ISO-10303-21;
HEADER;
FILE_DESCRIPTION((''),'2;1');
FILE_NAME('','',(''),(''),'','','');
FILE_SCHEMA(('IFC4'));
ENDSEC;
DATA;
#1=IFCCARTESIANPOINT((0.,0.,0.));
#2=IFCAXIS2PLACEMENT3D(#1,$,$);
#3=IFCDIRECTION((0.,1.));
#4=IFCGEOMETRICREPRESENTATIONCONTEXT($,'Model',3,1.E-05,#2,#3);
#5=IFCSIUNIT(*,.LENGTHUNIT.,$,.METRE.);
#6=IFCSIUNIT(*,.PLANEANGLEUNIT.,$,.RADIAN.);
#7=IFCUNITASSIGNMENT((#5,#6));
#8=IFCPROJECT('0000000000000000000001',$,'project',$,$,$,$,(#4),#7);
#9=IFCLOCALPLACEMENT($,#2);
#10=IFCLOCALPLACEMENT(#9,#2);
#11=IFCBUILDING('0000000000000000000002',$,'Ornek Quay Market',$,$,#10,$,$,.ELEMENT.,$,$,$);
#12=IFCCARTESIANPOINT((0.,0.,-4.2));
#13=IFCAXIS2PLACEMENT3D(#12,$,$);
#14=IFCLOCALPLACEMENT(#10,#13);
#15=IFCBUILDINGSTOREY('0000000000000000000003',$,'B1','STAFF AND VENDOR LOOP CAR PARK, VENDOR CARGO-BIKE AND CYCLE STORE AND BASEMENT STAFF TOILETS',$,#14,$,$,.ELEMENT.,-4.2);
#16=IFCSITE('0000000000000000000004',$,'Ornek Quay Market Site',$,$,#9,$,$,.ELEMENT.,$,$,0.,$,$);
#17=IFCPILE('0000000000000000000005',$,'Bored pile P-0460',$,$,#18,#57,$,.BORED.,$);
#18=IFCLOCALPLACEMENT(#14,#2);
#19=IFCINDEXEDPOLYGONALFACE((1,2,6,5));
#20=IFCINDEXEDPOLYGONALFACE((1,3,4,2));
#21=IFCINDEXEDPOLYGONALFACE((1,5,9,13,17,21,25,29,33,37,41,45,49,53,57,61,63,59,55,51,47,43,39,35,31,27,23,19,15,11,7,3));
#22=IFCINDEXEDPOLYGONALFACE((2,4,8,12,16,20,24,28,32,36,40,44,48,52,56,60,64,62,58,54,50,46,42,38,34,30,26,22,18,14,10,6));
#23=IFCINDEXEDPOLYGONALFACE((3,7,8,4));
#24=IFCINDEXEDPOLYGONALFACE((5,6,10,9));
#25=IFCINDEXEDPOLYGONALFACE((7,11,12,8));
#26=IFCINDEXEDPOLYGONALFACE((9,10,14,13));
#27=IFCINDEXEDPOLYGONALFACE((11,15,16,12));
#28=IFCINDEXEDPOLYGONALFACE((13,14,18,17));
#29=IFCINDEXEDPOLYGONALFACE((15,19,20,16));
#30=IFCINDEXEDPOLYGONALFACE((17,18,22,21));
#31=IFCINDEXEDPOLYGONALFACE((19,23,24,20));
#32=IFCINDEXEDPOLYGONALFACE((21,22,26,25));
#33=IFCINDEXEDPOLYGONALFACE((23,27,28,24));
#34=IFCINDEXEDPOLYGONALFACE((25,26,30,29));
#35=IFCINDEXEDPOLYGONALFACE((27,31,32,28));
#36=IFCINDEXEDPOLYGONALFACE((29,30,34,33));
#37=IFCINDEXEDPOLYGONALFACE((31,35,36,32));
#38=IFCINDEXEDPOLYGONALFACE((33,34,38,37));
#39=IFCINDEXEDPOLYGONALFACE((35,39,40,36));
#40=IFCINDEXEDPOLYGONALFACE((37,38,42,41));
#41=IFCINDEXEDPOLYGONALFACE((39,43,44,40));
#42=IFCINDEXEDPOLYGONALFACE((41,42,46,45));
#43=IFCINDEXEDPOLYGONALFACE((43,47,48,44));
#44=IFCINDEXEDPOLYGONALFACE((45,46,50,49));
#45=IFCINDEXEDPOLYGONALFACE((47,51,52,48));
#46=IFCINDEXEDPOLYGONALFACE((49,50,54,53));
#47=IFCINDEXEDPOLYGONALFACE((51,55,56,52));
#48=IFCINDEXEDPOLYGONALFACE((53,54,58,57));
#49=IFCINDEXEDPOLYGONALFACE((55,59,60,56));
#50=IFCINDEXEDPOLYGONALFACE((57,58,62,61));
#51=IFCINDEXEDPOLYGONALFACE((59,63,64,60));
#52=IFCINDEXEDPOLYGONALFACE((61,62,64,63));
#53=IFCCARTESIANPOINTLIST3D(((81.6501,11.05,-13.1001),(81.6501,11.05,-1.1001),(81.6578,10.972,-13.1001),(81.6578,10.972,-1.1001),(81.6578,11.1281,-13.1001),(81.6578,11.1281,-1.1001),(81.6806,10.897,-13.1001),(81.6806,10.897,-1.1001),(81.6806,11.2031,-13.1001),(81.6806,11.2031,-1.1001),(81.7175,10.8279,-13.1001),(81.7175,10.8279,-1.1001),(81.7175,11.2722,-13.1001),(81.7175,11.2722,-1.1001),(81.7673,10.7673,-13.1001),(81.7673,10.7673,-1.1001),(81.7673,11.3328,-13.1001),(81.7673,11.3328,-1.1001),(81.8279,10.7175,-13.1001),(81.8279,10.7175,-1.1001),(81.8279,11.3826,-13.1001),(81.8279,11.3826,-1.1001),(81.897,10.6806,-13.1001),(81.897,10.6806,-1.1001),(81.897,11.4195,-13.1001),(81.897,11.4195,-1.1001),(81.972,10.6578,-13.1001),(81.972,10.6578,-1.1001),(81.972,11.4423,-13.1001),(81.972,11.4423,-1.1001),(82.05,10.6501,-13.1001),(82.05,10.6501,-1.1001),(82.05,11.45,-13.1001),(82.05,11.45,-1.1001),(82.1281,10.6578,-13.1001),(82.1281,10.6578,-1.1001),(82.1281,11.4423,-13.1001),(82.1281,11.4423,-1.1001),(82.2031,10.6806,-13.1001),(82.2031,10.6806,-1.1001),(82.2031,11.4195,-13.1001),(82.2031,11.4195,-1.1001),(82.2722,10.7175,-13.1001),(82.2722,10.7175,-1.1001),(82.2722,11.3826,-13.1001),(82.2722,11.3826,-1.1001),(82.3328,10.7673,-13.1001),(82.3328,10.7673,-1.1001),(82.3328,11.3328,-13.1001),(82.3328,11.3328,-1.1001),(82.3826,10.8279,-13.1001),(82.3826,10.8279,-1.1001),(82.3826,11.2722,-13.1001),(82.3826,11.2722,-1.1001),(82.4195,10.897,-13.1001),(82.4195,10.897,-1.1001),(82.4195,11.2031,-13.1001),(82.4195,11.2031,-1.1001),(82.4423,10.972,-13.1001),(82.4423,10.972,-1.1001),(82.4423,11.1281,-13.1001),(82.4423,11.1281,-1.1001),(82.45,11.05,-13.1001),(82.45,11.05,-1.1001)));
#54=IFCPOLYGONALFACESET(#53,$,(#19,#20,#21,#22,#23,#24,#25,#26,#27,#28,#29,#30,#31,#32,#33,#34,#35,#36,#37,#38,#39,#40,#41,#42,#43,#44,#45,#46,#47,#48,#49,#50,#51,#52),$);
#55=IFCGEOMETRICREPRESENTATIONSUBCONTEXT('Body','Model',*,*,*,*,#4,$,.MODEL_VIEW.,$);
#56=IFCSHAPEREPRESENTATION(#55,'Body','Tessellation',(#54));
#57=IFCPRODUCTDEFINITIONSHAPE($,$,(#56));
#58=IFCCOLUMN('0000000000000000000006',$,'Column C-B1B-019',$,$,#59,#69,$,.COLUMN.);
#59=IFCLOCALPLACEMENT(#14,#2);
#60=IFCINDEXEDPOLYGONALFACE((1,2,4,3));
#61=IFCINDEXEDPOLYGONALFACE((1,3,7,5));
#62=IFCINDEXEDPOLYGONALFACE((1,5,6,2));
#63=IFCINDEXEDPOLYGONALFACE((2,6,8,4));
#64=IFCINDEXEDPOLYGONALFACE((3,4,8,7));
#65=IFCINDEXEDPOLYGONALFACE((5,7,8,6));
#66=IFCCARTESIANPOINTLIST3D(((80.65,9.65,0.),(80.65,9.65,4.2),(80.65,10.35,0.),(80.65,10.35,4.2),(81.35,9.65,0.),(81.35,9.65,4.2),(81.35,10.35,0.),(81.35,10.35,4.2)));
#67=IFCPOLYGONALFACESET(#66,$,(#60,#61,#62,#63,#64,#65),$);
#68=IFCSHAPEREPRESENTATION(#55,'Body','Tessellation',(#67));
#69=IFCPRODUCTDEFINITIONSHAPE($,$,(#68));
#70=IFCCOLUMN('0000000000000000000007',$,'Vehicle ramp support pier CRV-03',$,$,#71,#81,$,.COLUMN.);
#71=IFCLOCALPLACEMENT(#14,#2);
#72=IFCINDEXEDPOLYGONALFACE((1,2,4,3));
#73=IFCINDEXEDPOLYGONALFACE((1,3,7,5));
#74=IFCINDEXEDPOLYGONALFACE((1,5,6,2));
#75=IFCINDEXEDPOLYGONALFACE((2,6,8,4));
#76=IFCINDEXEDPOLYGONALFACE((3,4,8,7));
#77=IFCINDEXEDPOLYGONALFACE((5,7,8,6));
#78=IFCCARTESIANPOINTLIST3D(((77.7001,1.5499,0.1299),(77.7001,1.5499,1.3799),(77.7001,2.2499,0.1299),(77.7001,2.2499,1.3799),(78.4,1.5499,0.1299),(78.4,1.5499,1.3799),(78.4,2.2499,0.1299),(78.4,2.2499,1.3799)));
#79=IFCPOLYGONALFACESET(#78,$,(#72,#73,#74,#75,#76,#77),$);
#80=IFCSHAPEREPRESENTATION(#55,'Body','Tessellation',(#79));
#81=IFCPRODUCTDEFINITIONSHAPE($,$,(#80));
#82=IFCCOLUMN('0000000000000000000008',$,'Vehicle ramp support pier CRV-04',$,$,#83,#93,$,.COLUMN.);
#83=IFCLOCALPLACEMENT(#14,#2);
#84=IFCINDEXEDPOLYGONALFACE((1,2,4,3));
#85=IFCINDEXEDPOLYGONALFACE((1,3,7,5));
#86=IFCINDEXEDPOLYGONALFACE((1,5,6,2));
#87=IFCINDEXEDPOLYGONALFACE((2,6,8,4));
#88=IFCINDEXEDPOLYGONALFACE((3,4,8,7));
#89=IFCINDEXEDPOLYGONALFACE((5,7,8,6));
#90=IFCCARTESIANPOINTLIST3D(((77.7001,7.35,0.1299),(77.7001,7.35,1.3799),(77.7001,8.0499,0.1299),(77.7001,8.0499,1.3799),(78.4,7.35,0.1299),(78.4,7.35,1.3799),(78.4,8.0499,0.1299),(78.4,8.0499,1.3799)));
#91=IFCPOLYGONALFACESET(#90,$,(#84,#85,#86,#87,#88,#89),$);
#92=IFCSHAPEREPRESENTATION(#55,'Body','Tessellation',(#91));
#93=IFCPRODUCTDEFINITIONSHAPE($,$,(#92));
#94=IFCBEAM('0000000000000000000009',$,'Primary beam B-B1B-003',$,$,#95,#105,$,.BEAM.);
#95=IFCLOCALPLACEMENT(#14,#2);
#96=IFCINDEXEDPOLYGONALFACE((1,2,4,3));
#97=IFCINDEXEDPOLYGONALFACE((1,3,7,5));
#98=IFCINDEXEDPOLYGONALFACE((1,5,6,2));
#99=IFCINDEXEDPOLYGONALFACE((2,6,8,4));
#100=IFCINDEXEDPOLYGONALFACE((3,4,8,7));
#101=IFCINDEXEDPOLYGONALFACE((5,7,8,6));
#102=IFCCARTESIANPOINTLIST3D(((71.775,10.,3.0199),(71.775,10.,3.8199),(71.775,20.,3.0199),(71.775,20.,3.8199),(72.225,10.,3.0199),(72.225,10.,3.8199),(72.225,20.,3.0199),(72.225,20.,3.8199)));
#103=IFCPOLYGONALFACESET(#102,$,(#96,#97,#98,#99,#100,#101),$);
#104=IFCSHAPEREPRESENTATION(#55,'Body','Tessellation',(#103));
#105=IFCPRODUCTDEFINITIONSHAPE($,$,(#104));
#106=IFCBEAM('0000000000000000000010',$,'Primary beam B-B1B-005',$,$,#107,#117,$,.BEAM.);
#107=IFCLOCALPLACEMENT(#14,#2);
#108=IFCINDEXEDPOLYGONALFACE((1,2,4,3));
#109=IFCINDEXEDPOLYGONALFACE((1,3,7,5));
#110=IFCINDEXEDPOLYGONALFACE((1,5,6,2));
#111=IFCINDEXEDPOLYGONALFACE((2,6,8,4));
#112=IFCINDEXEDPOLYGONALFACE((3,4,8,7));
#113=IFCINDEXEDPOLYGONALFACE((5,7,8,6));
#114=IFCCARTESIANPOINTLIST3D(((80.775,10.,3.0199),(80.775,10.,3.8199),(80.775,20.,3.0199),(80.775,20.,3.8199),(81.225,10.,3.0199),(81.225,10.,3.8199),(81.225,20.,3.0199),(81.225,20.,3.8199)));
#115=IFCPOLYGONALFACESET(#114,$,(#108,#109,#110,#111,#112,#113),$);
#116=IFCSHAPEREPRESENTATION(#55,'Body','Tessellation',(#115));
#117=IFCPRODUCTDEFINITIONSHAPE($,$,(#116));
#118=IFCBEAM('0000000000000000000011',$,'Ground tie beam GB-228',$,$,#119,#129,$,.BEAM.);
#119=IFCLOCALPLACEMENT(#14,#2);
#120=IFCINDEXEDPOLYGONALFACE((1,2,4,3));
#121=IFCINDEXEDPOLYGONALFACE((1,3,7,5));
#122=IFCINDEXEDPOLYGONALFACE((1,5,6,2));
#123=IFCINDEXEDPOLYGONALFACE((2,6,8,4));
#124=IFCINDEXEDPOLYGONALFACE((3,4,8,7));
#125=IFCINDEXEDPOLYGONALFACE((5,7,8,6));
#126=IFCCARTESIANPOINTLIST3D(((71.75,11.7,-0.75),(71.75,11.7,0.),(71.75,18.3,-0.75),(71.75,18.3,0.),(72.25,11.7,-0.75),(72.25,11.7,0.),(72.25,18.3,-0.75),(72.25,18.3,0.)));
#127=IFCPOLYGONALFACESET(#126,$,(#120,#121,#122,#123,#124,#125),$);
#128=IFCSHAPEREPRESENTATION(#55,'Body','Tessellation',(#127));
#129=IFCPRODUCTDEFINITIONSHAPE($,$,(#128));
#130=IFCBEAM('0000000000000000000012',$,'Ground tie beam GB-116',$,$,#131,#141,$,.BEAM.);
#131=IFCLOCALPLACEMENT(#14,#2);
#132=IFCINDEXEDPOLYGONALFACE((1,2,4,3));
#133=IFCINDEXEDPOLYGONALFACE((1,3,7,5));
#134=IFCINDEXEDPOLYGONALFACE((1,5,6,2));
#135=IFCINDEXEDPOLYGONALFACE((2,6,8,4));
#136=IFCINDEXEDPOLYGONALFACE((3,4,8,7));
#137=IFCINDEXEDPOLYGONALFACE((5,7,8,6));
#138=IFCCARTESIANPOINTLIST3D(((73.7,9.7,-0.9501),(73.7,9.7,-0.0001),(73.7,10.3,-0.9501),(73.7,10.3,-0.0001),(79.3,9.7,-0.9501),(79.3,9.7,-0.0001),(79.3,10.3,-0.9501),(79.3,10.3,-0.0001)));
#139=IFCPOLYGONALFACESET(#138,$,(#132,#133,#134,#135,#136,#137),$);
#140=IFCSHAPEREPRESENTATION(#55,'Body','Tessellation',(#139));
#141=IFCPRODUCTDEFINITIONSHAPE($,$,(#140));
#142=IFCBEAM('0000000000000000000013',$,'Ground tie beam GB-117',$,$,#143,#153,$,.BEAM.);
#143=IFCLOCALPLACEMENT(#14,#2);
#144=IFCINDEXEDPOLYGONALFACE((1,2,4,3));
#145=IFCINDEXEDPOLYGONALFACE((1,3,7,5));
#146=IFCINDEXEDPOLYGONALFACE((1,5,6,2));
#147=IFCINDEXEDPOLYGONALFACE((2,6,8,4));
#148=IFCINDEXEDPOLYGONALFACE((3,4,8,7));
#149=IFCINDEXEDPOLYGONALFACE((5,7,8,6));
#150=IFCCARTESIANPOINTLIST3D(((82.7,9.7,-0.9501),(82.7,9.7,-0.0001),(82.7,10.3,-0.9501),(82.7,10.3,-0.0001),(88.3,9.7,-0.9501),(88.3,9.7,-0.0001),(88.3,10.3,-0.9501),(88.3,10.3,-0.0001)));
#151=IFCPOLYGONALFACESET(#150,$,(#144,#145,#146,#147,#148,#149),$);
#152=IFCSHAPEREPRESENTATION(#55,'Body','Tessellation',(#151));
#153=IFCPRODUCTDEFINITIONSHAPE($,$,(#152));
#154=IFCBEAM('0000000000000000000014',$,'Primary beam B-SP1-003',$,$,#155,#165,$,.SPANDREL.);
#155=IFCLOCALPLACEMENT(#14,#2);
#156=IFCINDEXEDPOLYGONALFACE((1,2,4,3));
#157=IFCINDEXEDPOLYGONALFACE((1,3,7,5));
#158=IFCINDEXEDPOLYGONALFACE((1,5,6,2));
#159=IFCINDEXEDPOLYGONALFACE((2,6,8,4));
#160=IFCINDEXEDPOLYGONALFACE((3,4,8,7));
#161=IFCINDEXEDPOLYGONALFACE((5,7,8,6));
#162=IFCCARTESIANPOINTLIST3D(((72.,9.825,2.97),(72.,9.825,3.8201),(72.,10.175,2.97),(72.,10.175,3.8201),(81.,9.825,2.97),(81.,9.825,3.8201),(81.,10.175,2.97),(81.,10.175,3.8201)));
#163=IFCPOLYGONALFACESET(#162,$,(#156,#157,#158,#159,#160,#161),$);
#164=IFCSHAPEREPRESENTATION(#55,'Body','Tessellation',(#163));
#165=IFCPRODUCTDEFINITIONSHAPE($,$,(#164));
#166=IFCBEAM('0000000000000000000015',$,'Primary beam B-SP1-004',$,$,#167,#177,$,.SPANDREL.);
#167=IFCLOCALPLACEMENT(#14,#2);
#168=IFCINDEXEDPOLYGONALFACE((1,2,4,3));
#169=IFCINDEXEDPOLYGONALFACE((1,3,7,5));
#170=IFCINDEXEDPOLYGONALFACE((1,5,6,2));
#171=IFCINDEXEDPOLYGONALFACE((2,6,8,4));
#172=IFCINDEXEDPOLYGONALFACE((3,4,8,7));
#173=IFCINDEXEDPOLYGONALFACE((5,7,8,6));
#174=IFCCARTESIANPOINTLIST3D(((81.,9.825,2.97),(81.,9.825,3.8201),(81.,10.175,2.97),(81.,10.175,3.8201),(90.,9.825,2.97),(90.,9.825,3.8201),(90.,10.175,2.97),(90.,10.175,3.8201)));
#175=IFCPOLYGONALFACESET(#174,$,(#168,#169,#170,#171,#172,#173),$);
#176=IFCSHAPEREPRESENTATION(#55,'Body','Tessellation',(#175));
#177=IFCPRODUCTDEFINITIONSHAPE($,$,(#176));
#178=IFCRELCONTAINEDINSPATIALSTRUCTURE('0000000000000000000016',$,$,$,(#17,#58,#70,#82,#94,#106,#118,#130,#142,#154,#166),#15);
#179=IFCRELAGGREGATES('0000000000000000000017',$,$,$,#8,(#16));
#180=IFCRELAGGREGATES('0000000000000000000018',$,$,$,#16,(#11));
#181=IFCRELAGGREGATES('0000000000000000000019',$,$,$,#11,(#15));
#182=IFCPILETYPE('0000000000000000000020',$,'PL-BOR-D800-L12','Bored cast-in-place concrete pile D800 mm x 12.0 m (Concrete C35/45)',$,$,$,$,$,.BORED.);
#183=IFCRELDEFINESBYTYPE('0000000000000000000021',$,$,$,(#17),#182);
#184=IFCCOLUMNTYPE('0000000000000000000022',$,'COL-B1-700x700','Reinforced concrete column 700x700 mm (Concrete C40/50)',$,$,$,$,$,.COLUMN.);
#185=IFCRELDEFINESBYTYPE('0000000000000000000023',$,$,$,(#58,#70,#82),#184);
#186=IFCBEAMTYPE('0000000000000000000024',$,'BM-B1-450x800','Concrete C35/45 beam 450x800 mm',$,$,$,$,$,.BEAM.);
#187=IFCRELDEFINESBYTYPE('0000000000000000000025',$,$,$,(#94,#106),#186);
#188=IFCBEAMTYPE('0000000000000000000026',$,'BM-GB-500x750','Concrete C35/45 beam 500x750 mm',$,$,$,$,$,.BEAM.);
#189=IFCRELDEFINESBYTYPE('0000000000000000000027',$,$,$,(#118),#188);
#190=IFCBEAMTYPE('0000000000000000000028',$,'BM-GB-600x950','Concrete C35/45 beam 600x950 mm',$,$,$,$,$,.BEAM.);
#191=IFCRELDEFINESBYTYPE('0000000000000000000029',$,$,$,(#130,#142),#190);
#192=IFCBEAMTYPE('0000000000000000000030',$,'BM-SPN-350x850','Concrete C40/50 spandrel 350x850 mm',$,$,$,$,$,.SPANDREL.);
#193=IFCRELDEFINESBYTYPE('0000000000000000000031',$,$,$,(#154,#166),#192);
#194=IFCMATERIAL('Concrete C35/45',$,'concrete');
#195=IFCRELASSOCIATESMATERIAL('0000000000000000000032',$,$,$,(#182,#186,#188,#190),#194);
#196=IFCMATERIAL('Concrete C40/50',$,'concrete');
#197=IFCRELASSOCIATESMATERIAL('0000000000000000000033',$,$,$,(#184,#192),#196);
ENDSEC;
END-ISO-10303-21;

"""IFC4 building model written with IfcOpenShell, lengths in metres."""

from ifc_helpers import new_model, si_unit, direction, frame, origin, origin_2d, place, context, subcontext, project, spatial, rectangle, circle, extrude, material, material_profile, profile_set, type_object, element, save


model = new_model("IFC4")

# Units and contexts
model_context = context("Model", 3, precision=1e-05, world=origin(), true_north=direction((0.0, 1.0)))
body_context = subcontext(model_context, "Body", "Model", "MODEL_VIEW")
ifc_project = project(units=[si_unit("LENGTHUNIT", "METRE"), si_unit("PLANEANGLEUNIT", "RADIAN")], contexts=[model_context])

# Site, building, storey
site_placement = place(None, origin())
site = spatial("IfcSite", under=ifc_project, at=site_placement, Name="Ornek Quay Market Site", CompositionType="ELEMENT", RefElevation=0.0)
building_placement = place(site_placement, origin())
building = spatial("IfcBuilding", under=site, at=building_placement, Name="Ornek Quay Market", CompositionType="ELEMENT")
storey_placement = place(building_placement, frame((0.0, 0.0, -4.2)))
storey = spatial("IfcBuildingStorey", under=building, at=storey_placement, Name="B1", Description="STAFF AND VENDOR LOOP CAR PARK, VENDOR CARGO-BIKE AND CYCLE STORE AND BASEMENT STAFF TOILETS", CompositionType="ELEMENT", Elevation=-4.2)

# Pile
ifc_material_1 = material(Name="Concrete C35/45", Category="concrete")
ifc_material_profile_1 = material_profile(ifc_material_1, circle(Radius=0.3999, at=origin_2d()), Name="PILE D800", Category="concrete")
ifc_profile_set_1 = profile_set([ifc_material_profile_1], Name="Concrete C35/45")
pile_type = type_object("IfcPileType", Name="PL-BOR-D800-L12", Description="Bored cast-in-place concrete pile D800 mm x 12.0 m (Concrete C35/45)", PredefinedType="BORED", material=ifc_profile_set_1)
for number, where, z_axis, x_axis, name in (
    (1, (82.05, 11.05, -1.1001), (0.0, 0.0, -1.0), (1.0, 0.0, 0.0), "Bored pile P-0460"),
):
    element("IfcPile", number, at=place(storey_placement, frame(where, z_axis=z_axis, x_axis=x_axis)), inside=storey, type_object=pile_type, Name=name, PredefinedType="BORED", context=body_context, shape_type="SweptSolid", body=[
        extrude(circle(Radius=0.3999, at=origin_2d()), origin(), (0.0, 0.0, 1.0), 12.0),
    ])

# Columns
ifc_material_2 = material(Name="Concrete C40/50", Category="concrete")
ifc_material_profile_2 = material_profile(ifc_material_2, rectangle(XDim=0.7, YDim=0.7, at=origin_2d()), Name="RC 700x700", Category="concrete")
ifc_profile_set_2 = profile_set([ifc_material_profile_2], Name="Concrete C40/50")
column_type = type_object("IfcColumnType", Name="COL-B1-700x700", Description="Reinforced concrete column 700x700 mm (Concrete C40/50)", PredefinedType="COLUMN", material=ifc_profile_set_2)
column_placement = place(storey_placement, frame((81.0, 10.0, 0.0), z_axis=(0.0, 0.0, 1.0), x_axis=(1.0, 0.0, 0.0)))
element("IfcColumn", 2, at=column_placement, inside=storey, type_object=column_type, Name="Column C-B1B-019", PredefinedType="COLUMN", context=body_context, shape_type="SweptSolid", body=[
    extrude(rectangle(XDim=0.7, YDim=0.7, at=origin_2d()), origin(), (0.0, 0.0, 1.0), 4.2),
])
for number, where, z_axis, x_axis, name in (
    (3, (78.05, 1.8999, 0.1299), (0.0, 0.0, 1.0), (1.0, 0.0, 0.0), "Vehicle ramp support pier CRV-03"),
    (4, (78.05, 7.7, 0.1299), (0.0, 0.0, 1.0), (1.0, 0.0, 0.0), "Vehicle ramp support pier CRV-04"),
):
    element("IfcColumn", number, at=place(storey_placement, frame(where, z_axis=z_axis, x_axis=x_axis)), inside=storey, type_object=column_type, Name=name, PredefinedType="COLUMN", context=body_context, shape_type="SweptSolid", body=[
        extrude(rectangle(XDim=0.7, YDim=0.7, at=origin_2d()), origin(), (0.0, 0.0, 1.0), 1.25),
    ])

# Beams
ifc_material_profile_3 = material_profile(ifc_material_1, rectangle(XDim=0.45, YDim=0.8, at=origin_2d()), Name="RC 450x800", Category="concrete")
ifc_profile_set_3 = profile_set([ifc_material_profile_3], Name="Concrete C35/45")
beam_type_1 = type_object("IfcBeamType", Name="BM-B1-450x800", Description="Concrete C35/45 beam 450x800 mm", PredefinedType="BEAM", material=ifc_profile_set_3)
for number, where, z_axis, x_axis, name in (
    (5, (72.0, 10.0, 3.4199), (0.0, 1.0, 0.0), (-1.0, 0.0, 0.0), "Primary beam B-B1B-003"),
    (6, (81.0, 10.0, 3.4199), (0.0, 1.0, 0.0), (-1.0, 0.0, 0.0), "Primary beam B-B1B-005"),
):
    element("IfcBeam", number, at=place(storey_placement, frame(where, z_axis=z_axis, x_axis=x_axis)), inside=storey, type_object=beam_type_1, Name=name, PredefinedType="BEAM", context=body_context, shape_type="SweptSolid", body=[
        extrude(rectangle(XDim=0.45, YDim=0.8, at=origin_2d()), origin(), (0.0, 0.0, 1.0), 10.0),
    ])
ifc_material_profile_4 = material_profile(ifc_material_1, rectangle(XDim=0.5, YDim=0.75, at=origin_2d()), Name="RC 500x750", Category="concrete")
ifc_profile_set_4 = profile_set([ifc_material_profile_4], Name="Concrete C35/45")
beam_type_2 = type_object("IfcBeamType", Name="BM-GB-500x750", Description="Concrete C35/45 beam 500x750 mm", PredefinedType="BEAM", material=ifc_profile_set_4)
beam_1_placement = place(storey_placement, frame((72.0, 11.7, -0.375), z_axis=(0.0, 1.0, 0.0), x_axis=(-1.0, 0.0, 0.0)))
element("IfcBeam", 7, at=beam_1_placement, inside=storey, type_object=beam_type_2, Name="Ground tie beam GB-228", PredefinedType="BEAM", context=body_context, shape_type="SweptSolid", body=[
    extrude(rectangle(XDim=0.5, YDim=0.75, at=origin_2d()), origin(), (0.0, 0.0, 1.0), 6.6001),
])
ifc_material_profile_5 = material_profile(ifc_material_1, rectangle(XDim=0.6001, YDim=0.95, at=origin_2d()), Name="RC 600x950", Category="concrete")
ifc_profile_set_5 = profile_set([ifc_material_profile_5], Name="Concrete C35/45")
beam_type_3 = type_object("IfcBeamType", Name="BM-GB-600x950", Description="Concrete C35/45 beam 600x950 mm", PredefinedType="BEAM", material=ifc_profile_set_5)
for number, where, z_axis, x_axis, name in (
    (8, (73.7, 10.0, -0.4751), (1.0, 0.0, 0.0), (0.0, 1.0, 0.0), "Ground tie beam GB-116"),
    (9, (82.7, 10.0, -0.4751), (1.0, 0.0, 0.0), (0.0, 1.0, 0.0), "Ground tie beam GB-117"),
):
    element("IfcBeam", number, at=place(storey_placement, frame(where, z_axis=z_axis, x_axis=x_axis)), inside=storey, type_object=beam_type_3, Name=name, PredefinedType="BEAM", context=body_context, shape_type="SweptSolid", body=[
        extrude(rectangle(XDim=0.6001, YDim=0.95, at=origin_2d()), origin(), (0.0, 0.0, 1.0), 5.6001),
    ])
ifc_material_profile_6 = material_profile(ifc_material_2, rectangle(XDim=0.3501, YDim=0.8501, at=origin_2d()), Name="RC 350x850", Category="concrete")
ifc_profile_set_6 = profile_set([ifc_material_profile_6], Name="Concrete C40/50")
beam_type_4 = type_object("IfcBeamType", Name="BM-SPN-350x850", Description="Concrete C40/50 spandrel 350x850 mm", PredefinedType="SPANDREL", material=ifc_profile_set_6)
for number, where, z_axis, x_axis, name in (
    (10, (72.0, 10.0, 3.395), (1.0, 0.0, 0.0), (0.0, 1.0, 0.0), "Primary beam B-SP1-003"),
    (11, (81.0, 10.0, 3.395), (1.0, 0.0, 0.0), (0.0, 1.0, 0.0), "Primary beam B-SP1-004"),
):
    element("IfcBeam", number, at=place(storey_placement, frame(where, z_axis=z_axis, x_axis=x_axis)), inside=storey, type_object=beam_type_4, Name=name, PredefinedType="SPANDREL", context=body_context, shape_type="SweptSolid", body=[
        extrude(rectangle(XDim=0.3501, YDim=0.8501, at=origin_2d()), origin(), (0.0, 0.0, 1.0), 9.0),
    ])

save(model, "model.ifc")
